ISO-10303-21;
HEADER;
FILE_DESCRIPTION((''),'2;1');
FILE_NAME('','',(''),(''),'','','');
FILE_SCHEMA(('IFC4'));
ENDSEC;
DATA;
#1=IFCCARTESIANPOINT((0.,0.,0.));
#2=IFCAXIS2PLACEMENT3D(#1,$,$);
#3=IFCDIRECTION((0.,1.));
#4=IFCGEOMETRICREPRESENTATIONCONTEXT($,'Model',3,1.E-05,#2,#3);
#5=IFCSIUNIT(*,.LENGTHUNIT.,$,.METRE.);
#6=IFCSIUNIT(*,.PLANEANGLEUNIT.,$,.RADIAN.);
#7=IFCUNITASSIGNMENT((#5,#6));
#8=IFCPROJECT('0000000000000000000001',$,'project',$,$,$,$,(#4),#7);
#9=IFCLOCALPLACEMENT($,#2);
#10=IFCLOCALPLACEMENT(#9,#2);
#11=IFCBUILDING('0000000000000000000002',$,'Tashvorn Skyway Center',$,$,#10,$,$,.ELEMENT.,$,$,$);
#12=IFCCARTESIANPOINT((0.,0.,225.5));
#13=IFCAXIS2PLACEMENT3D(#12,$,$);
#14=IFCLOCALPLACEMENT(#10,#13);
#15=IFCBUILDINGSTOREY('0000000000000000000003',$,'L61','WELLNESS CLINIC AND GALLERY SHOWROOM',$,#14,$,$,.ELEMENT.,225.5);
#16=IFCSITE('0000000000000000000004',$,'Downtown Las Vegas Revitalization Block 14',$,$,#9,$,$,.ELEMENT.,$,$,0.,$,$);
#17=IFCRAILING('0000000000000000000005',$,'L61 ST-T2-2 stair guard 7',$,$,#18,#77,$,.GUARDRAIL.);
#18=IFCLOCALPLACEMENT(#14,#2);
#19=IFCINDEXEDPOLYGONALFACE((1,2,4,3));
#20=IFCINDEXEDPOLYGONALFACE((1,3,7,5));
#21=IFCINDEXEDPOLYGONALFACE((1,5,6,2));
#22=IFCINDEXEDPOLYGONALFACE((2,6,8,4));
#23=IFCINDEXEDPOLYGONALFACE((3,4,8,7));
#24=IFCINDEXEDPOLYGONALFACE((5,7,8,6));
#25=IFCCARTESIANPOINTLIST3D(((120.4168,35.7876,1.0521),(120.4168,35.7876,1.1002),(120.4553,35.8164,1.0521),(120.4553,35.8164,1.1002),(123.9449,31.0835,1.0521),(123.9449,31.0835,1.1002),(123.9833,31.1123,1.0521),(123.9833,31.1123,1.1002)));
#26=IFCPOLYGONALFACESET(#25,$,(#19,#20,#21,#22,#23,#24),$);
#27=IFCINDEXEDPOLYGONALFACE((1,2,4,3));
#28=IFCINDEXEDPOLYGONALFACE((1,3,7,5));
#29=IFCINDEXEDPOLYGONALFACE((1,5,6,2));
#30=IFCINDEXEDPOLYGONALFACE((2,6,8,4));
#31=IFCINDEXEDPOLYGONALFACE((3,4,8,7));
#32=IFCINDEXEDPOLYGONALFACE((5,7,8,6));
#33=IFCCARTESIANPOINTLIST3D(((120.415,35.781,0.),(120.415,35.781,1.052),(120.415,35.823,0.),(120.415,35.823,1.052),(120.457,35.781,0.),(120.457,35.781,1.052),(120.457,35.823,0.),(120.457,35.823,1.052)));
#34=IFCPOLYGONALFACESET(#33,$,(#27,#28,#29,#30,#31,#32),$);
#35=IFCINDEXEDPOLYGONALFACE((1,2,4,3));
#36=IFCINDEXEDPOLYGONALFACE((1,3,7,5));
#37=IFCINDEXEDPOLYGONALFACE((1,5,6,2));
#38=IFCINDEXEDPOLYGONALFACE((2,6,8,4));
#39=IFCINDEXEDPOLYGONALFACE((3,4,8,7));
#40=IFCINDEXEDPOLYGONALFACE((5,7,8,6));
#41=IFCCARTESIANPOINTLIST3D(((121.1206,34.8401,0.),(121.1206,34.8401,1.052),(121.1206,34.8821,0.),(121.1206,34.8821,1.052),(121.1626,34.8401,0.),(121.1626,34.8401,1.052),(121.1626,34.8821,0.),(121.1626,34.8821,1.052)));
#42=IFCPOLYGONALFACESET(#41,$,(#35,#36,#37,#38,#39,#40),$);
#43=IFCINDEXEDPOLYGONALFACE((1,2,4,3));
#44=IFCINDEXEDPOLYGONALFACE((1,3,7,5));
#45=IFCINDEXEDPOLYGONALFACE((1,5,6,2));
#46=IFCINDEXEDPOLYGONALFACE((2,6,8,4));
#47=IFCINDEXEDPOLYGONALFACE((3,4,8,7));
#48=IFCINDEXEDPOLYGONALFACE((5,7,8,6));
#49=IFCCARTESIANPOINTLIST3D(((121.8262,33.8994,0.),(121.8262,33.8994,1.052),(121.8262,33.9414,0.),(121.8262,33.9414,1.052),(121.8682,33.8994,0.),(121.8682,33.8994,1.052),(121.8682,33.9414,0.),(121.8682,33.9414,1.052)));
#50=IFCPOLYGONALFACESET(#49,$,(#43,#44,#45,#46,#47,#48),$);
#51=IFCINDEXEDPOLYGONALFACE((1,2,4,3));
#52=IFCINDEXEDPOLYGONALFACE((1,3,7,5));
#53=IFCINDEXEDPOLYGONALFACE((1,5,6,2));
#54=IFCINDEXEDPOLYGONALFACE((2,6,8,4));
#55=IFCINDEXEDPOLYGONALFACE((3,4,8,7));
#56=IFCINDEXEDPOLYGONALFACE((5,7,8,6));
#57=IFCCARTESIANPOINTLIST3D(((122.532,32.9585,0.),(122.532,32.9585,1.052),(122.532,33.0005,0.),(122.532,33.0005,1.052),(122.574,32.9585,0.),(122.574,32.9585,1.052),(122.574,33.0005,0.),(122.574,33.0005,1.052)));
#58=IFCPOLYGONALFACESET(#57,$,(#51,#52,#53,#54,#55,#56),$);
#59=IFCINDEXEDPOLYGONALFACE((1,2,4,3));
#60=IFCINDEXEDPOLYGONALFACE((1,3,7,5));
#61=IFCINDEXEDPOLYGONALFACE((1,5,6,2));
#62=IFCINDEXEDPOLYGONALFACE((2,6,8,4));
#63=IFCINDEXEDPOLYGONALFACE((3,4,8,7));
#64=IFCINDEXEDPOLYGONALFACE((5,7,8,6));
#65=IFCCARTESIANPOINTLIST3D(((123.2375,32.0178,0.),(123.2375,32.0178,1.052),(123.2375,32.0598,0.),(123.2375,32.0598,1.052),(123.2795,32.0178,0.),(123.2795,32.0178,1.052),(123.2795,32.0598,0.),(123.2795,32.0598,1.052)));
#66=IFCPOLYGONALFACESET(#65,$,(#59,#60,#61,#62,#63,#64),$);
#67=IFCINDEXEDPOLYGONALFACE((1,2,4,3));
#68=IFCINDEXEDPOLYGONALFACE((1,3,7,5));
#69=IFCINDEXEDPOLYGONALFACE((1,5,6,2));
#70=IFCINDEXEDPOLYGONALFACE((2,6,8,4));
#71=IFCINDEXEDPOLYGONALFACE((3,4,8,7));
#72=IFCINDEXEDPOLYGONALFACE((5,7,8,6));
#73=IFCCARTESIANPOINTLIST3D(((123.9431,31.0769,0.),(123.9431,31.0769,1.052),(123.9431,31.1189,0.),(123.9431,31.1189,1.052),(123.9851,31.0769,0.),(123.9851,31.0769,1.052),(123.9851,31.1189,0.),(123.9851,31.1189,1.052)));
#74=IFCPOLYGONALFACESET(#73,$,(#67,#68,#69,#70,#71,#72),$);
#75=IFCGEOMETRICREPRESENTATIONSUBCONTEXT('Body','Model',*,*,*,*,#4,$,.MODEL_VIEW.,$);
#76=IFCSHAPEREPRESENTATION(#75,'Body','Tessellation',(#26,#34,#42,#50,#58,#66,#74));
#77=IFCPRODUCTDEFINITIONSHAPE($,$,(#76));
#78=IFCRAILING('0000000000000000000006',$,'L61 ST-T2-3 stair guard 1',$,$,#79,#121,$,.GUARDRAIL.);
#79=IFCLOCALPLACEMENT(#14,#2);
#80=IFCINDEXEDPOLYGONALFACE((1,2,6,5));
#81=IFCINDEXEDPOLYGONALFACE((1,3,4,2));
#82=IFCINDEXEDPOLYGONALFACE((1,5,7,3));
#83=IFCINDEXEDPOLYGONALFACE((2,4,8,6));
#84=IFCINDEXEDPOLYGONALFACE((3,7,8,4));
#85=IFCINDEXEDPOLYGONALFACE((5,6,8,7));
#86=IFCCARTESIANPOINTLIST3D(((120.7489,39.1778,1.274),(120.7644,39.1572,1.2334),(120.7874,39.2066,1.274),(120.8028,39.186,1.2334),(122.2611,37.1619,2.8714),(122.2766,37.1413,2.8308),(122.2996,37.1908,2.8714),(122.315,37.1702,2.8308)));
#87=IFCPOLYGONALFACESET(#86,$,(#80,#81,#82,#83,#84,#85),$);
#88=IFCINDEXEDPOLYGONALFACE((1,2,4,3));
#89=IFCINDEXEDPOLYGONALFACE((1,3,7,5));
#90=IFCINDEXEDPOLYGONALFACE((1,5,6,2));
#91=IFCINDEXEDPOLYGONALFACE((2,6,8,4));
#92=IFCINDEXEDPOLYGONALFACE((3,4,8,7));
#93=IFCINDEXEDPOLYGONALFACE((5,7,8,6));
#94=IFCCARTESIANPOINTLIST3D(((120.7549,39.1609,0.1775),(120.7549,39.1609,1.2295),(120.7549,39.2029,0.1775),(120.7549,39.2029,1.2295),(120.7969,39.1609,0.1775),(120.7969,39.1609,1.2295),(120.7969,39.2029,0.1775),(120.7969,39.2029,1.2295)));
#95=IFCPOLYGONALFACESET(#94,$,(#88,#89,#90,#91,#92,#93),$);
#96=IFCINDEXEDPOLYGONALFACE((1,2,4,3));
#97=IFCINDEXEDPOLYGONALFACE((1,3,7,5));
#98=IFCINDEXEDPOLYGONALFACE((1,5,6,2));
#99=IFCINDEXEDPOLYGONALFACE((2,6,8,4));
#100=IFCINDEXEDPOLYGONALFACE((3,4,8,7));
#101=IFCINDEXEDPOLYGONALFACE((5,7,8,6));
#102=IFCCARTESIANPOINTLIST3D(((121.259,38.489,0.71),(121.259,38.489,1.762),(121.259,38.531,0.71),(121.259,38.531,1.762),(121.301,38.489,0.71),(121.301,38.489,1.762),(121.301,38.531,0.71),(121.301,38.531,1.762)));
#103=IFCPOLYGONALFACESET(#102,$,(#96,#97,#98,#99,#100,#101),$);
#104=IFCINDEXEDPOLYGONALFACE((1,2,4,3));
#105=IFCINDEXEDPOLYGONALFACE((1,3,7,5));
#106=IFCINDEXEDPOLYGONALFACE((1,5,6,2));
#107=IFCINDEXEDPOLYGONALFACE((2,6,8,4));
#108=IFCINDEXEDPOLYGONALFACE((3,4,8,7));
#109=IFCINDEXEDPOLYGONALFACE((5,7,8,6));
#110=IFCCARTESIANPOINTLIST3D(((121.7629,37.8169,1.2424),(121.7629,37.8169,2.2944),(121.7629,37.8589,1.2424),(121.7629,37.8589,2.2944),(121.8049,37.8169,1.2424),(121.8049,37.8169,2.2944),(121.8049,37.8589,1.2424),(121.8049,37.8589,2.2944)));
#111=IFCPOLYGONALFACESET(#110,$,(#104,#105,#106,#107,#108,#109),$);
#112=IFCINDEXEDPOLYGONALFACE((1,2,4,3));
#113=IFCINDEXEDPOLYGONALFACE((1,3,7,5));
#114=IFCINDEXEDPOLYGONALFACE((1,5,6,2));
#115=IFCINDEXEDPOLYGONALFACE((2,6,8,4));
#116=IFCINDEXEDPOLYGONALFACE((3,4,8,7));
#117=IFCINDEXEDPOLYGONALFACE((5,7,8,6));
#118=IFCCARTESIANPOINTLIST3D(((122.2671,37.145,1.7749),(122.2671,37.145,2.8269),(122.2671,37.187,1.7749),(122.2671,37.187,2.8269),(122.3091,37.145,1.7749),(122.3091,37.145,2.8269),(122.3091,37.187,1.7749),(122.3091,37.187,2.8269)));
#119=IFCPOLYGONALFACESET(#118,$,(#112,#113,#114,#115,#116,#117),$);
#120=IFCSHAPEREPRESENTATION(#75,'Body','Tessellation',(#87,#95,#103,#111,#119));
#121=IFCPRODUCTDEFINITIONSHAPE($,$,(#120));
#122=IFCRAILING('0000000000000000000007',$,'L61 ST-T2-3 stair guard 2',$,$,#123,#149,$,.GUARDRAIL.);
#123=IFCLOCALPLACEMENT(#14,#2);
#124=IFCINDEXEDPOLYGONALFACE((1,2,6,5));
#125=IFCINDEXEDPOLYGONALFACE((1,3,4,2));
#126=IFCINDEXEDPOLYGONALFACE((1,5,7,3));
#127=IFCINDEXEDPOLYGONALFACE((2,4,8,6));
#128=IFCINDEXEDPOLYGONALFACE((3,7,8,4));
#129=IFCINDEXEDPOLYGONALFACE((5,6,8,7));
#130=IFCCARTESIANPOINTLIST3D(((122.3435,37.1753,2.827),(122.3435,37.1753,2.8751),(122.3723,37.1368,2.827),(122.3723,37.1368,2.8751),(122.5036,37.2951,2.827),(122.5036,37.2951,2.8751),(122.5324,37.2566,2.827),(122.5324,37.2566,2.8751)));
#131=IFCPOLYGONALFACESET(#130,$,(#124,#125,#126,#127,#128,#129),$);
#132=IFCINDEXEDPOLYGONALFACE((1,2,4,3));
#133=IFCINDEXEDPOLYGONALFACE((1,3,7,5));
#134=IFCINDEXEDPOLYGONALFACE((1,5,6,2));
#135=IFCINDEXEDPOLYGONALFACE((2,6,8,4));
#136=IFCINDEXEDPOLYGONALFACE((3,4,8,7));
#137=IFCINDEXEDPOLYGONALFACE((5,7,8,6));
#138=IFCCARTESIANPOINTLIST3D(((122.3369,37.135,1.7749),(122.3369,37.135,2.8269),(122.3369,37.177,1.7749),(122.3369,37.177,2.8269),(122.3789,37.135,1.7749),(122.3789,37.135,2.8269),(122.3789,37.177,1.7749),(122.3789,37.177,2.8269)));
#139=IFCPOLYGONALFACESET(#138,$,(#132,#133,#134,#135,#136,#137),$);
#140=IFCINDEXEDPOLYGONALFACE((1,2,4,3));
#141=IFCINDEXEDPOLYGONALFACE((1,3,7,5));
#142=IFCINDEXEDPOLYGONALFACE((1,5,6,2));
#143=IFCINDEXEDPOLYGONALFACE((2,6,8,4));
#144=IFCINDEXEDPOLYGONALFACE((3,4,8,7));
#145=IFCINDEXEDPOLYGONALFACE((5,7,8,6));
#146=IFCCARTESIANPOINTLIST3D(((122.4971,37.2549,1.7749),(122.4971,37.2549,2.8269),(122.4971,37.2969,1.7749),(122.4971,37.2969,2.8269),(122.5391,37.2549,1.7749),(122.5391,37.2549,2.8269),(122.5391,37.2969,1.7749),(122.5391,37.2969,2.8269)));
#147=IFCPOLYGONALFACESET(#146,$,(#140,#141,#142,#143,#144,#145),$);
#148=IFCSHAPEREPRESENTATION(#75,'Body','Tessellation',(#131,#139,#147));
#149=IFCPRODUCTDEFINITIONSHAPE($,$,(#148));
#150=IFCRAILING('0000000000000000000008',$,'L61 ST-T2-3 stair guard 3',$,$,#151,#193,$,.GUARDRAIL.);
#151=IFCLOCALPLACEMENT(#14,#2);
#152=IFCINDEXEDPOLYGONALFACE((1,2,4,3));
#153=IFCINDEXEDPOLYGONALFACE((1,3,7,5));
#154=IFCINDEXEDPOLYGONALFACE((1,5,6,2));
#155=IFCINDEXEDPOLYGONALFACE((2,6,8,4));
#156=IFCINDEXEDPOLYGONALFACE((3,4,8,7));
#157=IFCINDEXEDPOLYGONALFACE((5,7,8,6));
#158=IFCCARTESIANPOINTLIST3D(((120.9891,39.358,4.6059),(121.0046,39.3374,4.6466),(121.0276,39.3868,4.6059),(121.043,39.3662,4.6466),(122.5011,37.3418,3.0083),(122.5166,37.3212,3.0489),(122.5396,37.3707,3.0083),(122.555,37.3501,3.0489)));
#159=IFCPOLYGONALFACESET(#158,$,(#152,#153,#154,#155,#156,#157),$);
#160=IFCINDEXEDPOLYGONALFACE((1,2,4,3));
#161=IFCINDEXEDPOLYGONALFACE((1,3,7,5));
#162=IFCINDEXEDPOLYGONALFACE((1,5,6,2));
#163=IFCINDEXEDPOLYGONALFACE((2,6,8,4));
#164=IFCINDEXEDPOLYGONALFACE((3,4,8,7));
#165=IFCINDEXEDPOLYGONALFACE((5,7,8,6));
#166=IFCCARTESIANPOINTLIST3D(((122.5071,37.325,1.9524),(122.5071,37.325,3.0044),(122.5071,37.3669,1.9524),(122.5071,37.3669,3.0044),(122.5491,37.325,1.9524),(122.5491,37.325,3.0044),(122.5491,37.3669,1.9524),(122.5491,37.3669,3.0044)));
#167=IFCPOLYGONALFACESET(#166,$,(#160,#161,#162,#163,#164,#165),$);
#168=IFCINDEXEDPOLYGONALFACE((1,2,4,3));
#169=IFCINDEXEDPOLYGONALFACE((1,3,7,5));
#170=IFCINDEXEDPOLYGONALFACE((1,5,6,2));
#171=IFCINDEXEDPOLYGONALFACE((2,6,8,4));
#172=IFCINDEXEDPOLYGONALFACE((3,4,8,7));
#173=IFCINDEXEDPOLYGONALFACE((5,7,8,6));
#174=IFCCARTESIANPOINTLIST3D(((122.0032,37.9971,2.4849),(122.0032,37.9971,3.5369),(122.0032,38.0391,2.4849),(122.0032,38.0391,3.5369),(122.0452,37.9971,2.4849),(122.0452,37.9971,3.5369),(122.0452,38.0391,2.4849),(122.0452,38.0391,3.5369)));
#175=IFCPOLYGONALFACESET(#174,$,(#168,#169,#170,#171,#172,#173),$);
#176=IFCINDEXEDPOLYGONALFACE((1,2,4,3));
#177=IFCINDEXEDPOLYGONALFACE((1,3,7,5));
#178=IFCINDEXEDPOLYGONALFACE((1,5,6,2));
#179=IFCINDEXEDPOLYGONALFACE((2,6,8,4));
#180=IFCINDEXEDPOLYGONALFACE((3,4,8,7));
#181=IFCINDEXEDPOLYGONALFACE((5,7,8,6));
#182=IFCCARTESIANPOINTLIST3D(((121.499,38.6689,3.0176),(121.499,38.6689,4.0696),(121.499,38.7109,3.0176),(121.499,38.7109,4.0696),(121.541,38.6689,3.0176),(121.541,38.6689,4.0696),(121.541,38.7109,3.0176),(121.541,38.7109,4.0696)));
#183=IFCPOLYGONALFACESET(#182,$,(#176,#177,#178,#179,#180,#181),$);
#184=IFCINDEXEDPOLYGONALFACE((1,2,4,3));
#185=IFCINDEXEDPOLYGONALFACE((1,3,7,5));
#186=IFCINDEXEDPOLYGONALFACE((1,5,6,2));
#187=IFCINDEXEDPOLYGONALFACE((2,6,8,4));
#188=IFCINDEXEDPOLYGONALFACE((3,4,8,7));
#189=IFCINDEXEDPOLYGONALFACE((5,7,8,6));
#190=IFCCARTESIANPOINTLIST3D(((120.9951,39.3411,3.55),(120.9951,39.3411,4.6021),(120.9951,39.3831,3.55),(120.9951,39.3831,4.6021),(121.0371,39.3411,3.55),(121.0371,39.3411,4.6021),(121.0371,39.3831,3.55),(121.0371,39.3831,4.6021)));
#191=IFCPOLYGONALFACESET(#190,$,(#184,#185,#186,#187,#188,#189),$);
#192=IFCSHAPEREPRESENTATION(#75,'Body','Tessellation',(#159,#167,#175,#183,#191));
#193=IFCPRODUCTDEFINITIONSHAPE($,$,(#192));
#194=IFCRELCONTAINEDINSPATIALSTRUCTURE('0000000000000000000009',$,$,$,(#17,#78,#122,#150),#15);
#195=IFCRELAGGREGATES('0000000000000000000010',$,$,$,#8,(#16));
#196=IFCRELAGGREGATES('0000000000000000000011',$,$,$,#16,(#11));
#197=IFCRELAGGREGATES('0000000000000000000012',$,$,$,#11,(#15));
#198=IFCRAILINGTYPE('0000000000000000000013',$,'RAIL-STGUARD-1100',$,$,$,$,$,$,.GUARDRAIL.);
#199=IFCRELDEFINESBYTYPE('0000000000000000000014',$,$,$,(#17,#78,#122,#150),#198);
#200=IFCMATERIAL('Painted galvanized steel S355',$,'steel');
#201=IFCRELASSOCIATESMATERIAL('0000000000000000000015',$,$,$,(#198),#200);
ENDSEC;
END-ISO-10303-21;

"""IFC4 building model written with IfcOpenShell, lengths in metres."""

from ifc_helpers import new_model, si_unit, direction, frame, origin, origin_2d, place, context, subcontext, project, spatial, rectangle, extrude, material, type_object, element, save


model = new_model("IFC4")

# Units and contexts
model_context = context("Model", 3, precision=1e-05, world=origin(), true_north=direction((0.0, 1.0)))
body_context = subcontext(model_context, "Body", "Model", "MODEL_VIEW")
ifc_project = project(units=[si_unit("LENGTHUNIT", "METRE"), si_unit("PLANEANGLEUNIT", "RADIAN")], contexts=[model_context])

# Site, building, storey
site_placement = place(None, origin())
site = spatial("IfcSite", under=ifc_project, at=site_placement, Name="Downtown Las Vegas Revitalization Block 14", CompositionType="ELEMENT", RefElevation=0.0)
building_placement = place(site_placement, origin())
building = spatial("IfcBuilding", under=site, at=building_placement, Name="Tashvorn Skyway Center", CompositionType="ELEMENT")
storey_placement = place(building_placement, frame((0.0, 0.0, 225.5)))
storey = spatial("IfcBuildingStorey", under=building, at=storey_placement, Name="L61", Description="WELLNESS CLINIC AND GALLERY SHOWROOM", CompositionType="ELEMENT", Elevation=225.5)

# Railings
ifc_material_1 = material(Name="Painted galvanized steel S355", Category="steel")
railing_type_1 = type_object("IfcRailingType", Name="RAIL-STGUARD-1100", PredefinedType="GUARDRAIL", material=ifc_material_1)
railing_1_placement = place(storey_placement, frame((120.436, 35.802, 0.0)))
element("IfcRailing", 1, at=railing_1_placement, inside=storey, type_object=railing_type_1, Name="L61 ST-T2-2 stair guard 7", PredefinedType="GUARDRAIL", context=body_context, shape_type="SweptSolid", body=[
    extrude(rectangle(XDim=0.0481, YDim=0.0481, at=origin_2d()), frame((0.0, 0.0, 1.0762), z_axis=(0.6, -0.8, 0.0), x_axis=(0.8, 0.6, 0.0)), (0.0, 0.0, 1.0), 5.8801),
    extrude(rectangle(XDim=0.042, YDim=0.042, at=origin_2d()), origin(), (0.0, 0.0, 1.0), 1.052),
    extrude(rectangle(XDim=0.042, YDim=0.042, at=origin_2d()), frame((0.7056, -0.9409, 0.0)), (0.0, 0.0, 1.0), 1.052),
    extrude(rectangle(XDim=0.042, YDim=0.042, at=origin_2d()), frame((1.4111, -1.8816, 0.0)), (0.0, 0.0, 1.0), 1.052),
    extrude(rectangle(XDim=0.042, YDim=0.042, at=origin_2d()), frame((2.1169, -2.8225, 0.0)), (0.0, 0.0, 1.0), 1.052),
    extrude(rectangle(XDim=0.042, YDim=0.042, at=origin_2d()), frame((2.8225, -3.7632, 0.0)), (0.0, 0.0, 1.0), 1.052),
    extrude(rectangle(XDim=0.042, YDim=0.042, at=origin_2d()), frame((3.5281, -4.7041, 0.0)), (0.0, 0.0, 1.0), 1.052),
])
railing_2_placement = place(storey_placement, frame((120.7759, 39.1819, 0.1775)))
element("IfcRailing", 2, at=railing_2_placement, inside=storey, type_object=railing_type_1, Name="L61 ST-T2-3 stair guard 1", PredefinedType="GUARDRAIL", context=body_context, shape_type="SweptSolid", body=[
    extrude(rectangle(XDim=0.0481, YDim=0.0481, at=origin_2d()), frame((0.0, 0.0, 1.0762), z_axis=(0.50683, -0.675636, 0.535387), x_axis=(0.799942, 0.600078, 0.0)), (0.0, 0.0, 1.0), 2.9836),
    extrude(rectangle(XDim=0.042, YDim=0.042, at=origin_2d()), origin(), (0.0, 0.0, 1.0), 1.052),
    extrude(rectangle(XDim=0.042, YDim=0.042, at=origin_2d()), frame((0.5042, -0.6719, 0.5325)), (0.0, 0.0, 1.0), 1.052),
    extrude(rectangle(XDim=0.042, YDim=0.042, at=origin_2d()), frame((1.0081, -1.344, 1.0649)), (0.0, 0.0, 1.0), 1.052),
    extrude(rectangle(XDim=0.042, YDim=0.042, at=origin_2d()), frame((1.5122, -2.0159, 1.5974)), (0.0, 0.0, 1.0), 1.052),
])
railing_3_placement = place(storey_placement, frame((122.3579, 37.156, 1.7749)))
element("IfcRailing", 3, at=railing_3_placement, inside=storey, type_object=railing_type_1, Name="L61 ST-T2-3 stair guard 2", PredefinedType="GUARDRAIL", context=body_context, shape_type="SweptSolid", body=[
    extrude(rectangle(XDim=0.0481, YDim=0.0481, at=origin_2d()), frame((0.0, 0.0, 1.0762), z_axis=(0.800585, 0.599219, 0.0), x_axis=(-0.599219, 0.800585, 0.0)), (0.0, 0.0, 1.0), 0.2),
    extrude(rectangle(XDim=0.042, YDim=0.042, at=origin_2d()), origin(), (0.0, 0.0, 1.0), 1.052),
    extrude(rectangle(XDim=0.042, YDim=0.042, at=origin_2d()), frame((0.1602, 0.1199, 0.0)), (0.0, 0.0, 1.0), 1.052),
])
railing_4_placement = place(storey_placement, frame((122.5281, 37.3459, 1.9524)))
element("IfcRailing", 4, at=railing_4_placement, inside=storey, type_object=railing_type_1, Name="L61 ST-T2-3 stair guard 3", PredefinedType="GUARDRAIL", context=body_context, shape_type="SweptSolid", body=[
    extrude(rectangle(XDim=0.0481, YDim=0.0481, at=origin_2d()), frame((0.0, 0.0, 1.0762), z_axis=(-0.506719, 0.675679, 0.535438), x_axis=(-0.800023, -0.599969, 0.0)), (0.0, 0.0, 1.0), 2.9839),
    extrude(rectangle(XDim=0.042, YDim=0.042, at=origin_2d()), origin(), (0.0, 0.0, 1.0), 1.052),
    extrude(rectangle(XDim=0.042, YDim=0.042, at=origin_2d()), frame((-0.5039, 0.6721, 0.5325)), (0.0, 0.0, 1.0), 1.052),
    extrude(rectangle(XDim=0.042, YDim=0.042, at=origin_2d()), frame((-1.0081, 1.344, 1.0652)), (0.0, 0.0, 1.0), 1.052),
    extrude(rectangle(XDim=0.042, YDim=0.042, at=origin_2d()), frame((-1.512, 2.0161, 1.5977)), (0.0, 0.0, 1.0), 1.052),
])

save(model, "model.ifc")
